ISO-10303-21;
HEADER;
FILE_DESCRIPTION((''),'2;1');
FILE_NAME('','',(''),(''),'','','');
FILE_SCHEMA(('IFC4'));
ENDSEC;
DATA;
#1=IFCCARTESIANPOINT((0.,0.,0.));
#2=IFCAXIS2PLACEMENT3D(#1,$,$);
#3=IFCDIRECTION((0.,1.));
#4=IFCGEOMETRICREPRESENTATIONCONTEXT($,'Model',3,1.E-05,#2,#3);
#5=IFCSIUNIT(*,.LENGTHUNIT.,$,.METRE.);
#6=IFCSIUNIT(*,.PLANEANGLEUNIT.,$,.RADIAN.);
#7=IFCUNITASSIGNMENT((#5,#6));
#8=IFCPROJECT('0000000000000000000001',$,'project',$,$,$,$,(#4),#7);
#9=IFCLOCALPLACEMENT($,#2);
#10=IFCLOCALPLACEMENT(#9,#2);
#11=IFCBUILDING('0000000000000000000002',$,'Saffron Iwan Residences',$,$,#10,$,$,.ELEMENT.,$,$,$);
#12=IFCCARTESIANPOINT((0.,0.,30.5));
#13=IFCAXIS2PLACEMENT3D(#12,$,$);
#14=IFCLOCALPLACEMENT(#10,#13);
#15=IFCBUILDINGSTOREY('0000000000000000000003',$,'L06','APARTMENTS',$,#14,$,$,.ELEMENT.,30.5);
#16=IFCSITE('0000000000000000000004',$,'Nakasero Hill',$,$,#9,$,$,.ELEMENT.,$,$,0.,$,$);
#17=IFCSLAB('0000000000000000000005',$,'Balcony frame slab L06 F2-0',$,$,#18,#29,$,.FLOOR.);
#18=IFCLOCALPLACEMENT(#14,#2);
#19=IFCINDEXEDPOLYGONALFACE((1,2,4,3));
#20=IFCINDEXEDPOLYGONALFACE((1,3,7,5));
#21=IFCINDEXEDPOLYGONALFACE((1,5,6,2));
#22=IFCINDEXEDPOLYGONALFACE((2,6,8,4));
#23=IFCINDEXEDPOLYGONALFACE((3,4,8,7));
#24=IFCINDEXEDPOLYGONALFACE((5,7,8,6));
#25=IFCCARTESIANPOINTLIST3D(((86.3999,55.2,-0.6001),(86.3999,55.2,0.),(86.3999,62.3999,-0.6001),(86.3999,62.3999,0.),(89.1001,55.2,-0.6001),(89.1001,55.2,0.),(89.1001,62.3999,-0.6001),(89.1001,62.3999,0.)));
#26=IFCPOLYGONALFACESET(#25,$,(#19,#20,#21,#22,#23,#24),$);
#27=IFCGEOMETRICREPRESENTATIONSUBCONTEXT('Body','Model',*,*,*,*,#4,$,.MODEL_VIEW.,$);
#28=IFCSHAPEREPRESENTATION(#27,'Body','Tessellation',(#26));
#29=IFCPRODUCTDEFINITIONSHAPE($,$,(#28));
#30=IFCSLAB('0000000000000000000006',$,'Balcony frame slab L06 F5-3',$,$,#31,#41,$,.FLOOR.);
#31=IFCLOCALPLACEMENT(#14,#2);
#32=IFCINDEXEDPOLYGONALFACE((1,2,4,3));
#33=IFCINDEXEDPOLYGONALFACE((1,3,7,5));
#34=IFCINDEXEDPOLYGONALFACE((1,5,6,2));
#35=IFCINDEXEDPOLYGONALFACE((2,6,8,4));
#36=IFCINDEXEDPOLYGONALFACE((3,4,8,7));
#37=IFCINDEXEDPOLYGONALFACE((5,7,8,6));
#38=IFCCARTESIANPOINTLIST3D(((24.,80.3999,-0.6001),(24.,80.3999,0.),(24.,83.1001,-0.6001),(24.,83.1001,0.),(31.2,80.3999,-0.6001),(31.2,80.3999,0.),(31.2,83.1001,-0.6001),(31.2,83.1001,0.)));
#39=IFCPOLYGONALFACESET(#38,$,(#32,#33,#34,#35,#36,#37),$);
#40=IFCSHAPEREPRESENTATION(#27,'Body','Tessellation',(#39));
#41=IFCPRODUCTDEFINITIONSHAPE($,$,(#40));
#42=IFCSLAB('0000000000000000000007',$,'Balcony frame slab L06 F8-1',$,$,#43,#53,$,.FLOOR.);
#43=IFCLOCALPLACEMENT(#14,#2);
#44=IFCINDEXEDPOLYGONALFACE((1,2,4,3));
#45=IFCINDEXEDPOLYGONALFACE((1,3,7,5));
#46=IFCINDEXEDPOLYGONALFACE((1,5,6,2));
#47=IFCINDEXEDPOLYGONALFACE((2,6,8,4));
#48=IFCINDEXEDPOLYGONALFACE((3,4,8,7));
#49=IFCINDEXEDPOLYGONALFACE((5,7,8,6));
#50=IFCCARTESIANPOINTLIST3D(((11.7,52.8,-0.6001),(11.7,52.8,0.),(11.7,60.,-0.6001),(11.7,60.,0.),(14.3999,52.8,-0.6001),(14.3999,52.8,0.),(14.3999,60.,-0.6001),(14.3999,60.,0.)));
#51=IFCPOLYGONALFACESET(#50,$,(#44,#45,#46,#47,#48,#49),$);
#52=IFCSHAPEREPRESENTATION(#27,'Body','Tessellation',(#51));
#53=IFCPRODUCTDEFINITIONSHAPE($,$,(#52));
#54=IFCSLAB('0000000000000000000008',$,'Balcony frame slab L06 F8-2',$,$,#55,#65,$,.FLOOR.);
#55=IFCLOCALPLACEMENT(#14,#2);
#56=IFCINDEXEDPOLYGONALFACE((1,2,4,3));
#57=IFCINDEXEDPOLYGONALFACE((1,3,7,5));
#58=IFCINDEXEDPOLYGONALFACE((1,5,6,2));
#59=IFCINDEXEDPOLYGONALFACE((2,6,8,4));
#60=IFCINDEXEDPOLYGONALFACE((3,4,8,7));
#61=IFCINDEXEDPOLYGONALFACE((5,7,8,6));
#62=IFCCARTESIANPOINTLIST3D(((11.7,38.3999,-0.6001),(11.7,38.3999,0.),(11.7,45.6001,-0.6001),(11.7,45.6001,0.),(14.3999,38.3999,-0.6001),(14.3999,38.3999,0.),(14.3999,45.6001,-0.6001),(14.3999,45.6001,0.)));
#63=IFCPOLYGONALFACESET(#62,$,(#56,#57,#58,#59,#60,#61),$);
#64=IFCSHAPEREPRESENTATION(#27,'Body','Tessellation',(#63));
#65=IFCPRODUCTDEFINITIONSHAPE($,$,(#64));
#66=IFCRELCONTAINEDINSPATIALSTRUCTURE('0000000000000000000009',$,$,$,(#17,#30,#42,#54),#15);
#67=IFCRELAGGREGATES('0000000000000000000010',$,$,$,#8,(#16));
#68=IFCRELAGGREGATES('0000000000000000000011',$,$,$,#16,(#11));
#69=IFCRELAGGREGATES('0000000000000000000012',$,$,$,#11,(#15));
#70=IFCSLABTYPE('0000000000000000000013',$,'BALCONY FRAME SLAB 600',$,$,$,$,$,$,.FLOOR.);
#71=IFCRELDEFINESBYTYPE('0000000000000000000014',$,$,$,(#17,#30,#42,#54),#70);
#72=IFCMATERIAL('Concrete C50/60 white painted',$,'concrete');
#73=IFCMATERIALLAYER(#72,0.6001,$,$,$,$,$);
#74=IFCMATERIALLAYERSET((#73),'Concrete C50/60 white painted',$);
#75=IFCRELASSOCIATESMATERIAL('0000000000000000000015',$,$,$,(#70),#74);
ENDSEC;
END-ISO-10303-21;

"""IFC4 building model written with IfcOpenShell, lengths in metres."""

from ifc_helpers import new_model, si_unit, direction, frame, origin, place, context, subcontext, project, spatial, polyline, outline, extrude, material, layer, layer_set, type_object, element, save


model = new_model("IFC4")

# Units and contexts
model_context = context("Model", 3, precision=1e-05, world=origin(), true_north=direction((0.0, 1.0)))
body_context = subcontext(model_context, "Body", "Model", "MODEL_VIEW")
ifc_project = project(units=[si_unit("LENGTHUNIT", "METRE"), si_unit("PLANEANGLEUNIT", "RADIAN")], contexts=[model_context])

# Site, building, storey
site_placement = place(None, origin())
site = spatial("IfcSite", under=ifc_project, at=site_placement, Name="Nakasero Hill", CompositionType="ELEMENT", RefElevation=0.0)
building_placement = place(site_placement, origin())
building = spatial("IfcBuilding", under=site, at=building_placement, Name="Saffron Iwan Residences", CompositionType="ELEMENT")
storey_placement = place(building_placement, frame((0.0, 0.0, 30.5)))
storey = spatial("IfcBuildingStorey", under=building, at=storey_placement, Name="L06", Description="APARTMENTS", CompositionType="ELEMENT", Elevation=30.5)

# Slabs
ifc_material_1 = material(Name="Concrete C50/60 white painted", Category="concrete")
ifc_layer_1 = layer(ifc_material_1, 0.6001)
ifc_layer_set_1 = layer_set([ifc_layer_1], Name="Concrete C50/60 white painted")
slab_type_1 = type_object("IfcSlabType", Name="BALCONY FRAME SLAB 600", PredefinedType="FLOOR", material=ifc_layer_set_1)
slab_1_placement = place(storey_placement, frame((0.0, 0.0, -0.6001)))
element("IfcSlab", 1, at=slab_1_placement, inside=storey, type_object=slab_type_1, Name="Balcony frame slab L06 F2-0", PredefinedType="FLOOR", context=body_context, shape_type="SweptSolid", body=[
    extrude(outline(polyline([(89.1001, 55.2), (89.1001, 62.3999), (86.3999, 62.3999), (86.3999, 55.2), (89.1001, 55.2)])), origin(), (0.0, 0.0, 1.0), 0.6001),
])
slab_2_placement = place(storey_placement, frame((0.0, 0.0, -0.6001)))
element("IfcSlab", 2, at=slab_2_placement, inside=storey, type_object=slab_type_1, Name="Balcony frame slab L06 F5-3", PredefinedType="FLOOR", context=body_context, shape_type="SweptSolid", body=[
    extrude(outline(polyline([(31.2, 83.1001), (24.0, 83.1001), (24.0, 80.3999), (31.2, 80.3999), (31.2, 83.1001)])), origin(), (0.0, 0.0, 1.0), 0.6001),
])
slab_3_placement = place(storey_placement, frame((0.0, 0.0, -0.6001)))
element("IfcSlab", 3, at=slab_3_placement, inside=storey, type_object=slab_type_1, Name="Balcony frame slab L06 F8-1", PredefinedType="FLOOR", context=body_context, shape_type="SweptSolid", body=[
    extrude(outline(polyline([(11.7, 60.0), (11.7, 52.8), (14.3999, 52.8), (14.3999, 60.0), (11.7, 60.0)])), origin(), (0.0, 0.0, 1.0), 0.6001),
])
slab_4_placement = place(storey_placement, frame((0.0, 0.0, -0.6001)))
element("IfcSlab", 4, at=slab_4_placement, inside=storey, type_object=slab_type_1, Name="Balcony frame slab L06 F8-2", PredefinedType="FLOOR", context=body_context, shape_type="SweptSolid", body=[
    extrude(outline(polyline([(11.7, 45.6001), (11.7, 38.3999), (14.3999, 38.3999), (14.3999, 45.6001), (11.7, 45.6001)])), origin(), (0.0, 0.0, 1.0), 0.6001),
])

save(model, "model.ifc")
